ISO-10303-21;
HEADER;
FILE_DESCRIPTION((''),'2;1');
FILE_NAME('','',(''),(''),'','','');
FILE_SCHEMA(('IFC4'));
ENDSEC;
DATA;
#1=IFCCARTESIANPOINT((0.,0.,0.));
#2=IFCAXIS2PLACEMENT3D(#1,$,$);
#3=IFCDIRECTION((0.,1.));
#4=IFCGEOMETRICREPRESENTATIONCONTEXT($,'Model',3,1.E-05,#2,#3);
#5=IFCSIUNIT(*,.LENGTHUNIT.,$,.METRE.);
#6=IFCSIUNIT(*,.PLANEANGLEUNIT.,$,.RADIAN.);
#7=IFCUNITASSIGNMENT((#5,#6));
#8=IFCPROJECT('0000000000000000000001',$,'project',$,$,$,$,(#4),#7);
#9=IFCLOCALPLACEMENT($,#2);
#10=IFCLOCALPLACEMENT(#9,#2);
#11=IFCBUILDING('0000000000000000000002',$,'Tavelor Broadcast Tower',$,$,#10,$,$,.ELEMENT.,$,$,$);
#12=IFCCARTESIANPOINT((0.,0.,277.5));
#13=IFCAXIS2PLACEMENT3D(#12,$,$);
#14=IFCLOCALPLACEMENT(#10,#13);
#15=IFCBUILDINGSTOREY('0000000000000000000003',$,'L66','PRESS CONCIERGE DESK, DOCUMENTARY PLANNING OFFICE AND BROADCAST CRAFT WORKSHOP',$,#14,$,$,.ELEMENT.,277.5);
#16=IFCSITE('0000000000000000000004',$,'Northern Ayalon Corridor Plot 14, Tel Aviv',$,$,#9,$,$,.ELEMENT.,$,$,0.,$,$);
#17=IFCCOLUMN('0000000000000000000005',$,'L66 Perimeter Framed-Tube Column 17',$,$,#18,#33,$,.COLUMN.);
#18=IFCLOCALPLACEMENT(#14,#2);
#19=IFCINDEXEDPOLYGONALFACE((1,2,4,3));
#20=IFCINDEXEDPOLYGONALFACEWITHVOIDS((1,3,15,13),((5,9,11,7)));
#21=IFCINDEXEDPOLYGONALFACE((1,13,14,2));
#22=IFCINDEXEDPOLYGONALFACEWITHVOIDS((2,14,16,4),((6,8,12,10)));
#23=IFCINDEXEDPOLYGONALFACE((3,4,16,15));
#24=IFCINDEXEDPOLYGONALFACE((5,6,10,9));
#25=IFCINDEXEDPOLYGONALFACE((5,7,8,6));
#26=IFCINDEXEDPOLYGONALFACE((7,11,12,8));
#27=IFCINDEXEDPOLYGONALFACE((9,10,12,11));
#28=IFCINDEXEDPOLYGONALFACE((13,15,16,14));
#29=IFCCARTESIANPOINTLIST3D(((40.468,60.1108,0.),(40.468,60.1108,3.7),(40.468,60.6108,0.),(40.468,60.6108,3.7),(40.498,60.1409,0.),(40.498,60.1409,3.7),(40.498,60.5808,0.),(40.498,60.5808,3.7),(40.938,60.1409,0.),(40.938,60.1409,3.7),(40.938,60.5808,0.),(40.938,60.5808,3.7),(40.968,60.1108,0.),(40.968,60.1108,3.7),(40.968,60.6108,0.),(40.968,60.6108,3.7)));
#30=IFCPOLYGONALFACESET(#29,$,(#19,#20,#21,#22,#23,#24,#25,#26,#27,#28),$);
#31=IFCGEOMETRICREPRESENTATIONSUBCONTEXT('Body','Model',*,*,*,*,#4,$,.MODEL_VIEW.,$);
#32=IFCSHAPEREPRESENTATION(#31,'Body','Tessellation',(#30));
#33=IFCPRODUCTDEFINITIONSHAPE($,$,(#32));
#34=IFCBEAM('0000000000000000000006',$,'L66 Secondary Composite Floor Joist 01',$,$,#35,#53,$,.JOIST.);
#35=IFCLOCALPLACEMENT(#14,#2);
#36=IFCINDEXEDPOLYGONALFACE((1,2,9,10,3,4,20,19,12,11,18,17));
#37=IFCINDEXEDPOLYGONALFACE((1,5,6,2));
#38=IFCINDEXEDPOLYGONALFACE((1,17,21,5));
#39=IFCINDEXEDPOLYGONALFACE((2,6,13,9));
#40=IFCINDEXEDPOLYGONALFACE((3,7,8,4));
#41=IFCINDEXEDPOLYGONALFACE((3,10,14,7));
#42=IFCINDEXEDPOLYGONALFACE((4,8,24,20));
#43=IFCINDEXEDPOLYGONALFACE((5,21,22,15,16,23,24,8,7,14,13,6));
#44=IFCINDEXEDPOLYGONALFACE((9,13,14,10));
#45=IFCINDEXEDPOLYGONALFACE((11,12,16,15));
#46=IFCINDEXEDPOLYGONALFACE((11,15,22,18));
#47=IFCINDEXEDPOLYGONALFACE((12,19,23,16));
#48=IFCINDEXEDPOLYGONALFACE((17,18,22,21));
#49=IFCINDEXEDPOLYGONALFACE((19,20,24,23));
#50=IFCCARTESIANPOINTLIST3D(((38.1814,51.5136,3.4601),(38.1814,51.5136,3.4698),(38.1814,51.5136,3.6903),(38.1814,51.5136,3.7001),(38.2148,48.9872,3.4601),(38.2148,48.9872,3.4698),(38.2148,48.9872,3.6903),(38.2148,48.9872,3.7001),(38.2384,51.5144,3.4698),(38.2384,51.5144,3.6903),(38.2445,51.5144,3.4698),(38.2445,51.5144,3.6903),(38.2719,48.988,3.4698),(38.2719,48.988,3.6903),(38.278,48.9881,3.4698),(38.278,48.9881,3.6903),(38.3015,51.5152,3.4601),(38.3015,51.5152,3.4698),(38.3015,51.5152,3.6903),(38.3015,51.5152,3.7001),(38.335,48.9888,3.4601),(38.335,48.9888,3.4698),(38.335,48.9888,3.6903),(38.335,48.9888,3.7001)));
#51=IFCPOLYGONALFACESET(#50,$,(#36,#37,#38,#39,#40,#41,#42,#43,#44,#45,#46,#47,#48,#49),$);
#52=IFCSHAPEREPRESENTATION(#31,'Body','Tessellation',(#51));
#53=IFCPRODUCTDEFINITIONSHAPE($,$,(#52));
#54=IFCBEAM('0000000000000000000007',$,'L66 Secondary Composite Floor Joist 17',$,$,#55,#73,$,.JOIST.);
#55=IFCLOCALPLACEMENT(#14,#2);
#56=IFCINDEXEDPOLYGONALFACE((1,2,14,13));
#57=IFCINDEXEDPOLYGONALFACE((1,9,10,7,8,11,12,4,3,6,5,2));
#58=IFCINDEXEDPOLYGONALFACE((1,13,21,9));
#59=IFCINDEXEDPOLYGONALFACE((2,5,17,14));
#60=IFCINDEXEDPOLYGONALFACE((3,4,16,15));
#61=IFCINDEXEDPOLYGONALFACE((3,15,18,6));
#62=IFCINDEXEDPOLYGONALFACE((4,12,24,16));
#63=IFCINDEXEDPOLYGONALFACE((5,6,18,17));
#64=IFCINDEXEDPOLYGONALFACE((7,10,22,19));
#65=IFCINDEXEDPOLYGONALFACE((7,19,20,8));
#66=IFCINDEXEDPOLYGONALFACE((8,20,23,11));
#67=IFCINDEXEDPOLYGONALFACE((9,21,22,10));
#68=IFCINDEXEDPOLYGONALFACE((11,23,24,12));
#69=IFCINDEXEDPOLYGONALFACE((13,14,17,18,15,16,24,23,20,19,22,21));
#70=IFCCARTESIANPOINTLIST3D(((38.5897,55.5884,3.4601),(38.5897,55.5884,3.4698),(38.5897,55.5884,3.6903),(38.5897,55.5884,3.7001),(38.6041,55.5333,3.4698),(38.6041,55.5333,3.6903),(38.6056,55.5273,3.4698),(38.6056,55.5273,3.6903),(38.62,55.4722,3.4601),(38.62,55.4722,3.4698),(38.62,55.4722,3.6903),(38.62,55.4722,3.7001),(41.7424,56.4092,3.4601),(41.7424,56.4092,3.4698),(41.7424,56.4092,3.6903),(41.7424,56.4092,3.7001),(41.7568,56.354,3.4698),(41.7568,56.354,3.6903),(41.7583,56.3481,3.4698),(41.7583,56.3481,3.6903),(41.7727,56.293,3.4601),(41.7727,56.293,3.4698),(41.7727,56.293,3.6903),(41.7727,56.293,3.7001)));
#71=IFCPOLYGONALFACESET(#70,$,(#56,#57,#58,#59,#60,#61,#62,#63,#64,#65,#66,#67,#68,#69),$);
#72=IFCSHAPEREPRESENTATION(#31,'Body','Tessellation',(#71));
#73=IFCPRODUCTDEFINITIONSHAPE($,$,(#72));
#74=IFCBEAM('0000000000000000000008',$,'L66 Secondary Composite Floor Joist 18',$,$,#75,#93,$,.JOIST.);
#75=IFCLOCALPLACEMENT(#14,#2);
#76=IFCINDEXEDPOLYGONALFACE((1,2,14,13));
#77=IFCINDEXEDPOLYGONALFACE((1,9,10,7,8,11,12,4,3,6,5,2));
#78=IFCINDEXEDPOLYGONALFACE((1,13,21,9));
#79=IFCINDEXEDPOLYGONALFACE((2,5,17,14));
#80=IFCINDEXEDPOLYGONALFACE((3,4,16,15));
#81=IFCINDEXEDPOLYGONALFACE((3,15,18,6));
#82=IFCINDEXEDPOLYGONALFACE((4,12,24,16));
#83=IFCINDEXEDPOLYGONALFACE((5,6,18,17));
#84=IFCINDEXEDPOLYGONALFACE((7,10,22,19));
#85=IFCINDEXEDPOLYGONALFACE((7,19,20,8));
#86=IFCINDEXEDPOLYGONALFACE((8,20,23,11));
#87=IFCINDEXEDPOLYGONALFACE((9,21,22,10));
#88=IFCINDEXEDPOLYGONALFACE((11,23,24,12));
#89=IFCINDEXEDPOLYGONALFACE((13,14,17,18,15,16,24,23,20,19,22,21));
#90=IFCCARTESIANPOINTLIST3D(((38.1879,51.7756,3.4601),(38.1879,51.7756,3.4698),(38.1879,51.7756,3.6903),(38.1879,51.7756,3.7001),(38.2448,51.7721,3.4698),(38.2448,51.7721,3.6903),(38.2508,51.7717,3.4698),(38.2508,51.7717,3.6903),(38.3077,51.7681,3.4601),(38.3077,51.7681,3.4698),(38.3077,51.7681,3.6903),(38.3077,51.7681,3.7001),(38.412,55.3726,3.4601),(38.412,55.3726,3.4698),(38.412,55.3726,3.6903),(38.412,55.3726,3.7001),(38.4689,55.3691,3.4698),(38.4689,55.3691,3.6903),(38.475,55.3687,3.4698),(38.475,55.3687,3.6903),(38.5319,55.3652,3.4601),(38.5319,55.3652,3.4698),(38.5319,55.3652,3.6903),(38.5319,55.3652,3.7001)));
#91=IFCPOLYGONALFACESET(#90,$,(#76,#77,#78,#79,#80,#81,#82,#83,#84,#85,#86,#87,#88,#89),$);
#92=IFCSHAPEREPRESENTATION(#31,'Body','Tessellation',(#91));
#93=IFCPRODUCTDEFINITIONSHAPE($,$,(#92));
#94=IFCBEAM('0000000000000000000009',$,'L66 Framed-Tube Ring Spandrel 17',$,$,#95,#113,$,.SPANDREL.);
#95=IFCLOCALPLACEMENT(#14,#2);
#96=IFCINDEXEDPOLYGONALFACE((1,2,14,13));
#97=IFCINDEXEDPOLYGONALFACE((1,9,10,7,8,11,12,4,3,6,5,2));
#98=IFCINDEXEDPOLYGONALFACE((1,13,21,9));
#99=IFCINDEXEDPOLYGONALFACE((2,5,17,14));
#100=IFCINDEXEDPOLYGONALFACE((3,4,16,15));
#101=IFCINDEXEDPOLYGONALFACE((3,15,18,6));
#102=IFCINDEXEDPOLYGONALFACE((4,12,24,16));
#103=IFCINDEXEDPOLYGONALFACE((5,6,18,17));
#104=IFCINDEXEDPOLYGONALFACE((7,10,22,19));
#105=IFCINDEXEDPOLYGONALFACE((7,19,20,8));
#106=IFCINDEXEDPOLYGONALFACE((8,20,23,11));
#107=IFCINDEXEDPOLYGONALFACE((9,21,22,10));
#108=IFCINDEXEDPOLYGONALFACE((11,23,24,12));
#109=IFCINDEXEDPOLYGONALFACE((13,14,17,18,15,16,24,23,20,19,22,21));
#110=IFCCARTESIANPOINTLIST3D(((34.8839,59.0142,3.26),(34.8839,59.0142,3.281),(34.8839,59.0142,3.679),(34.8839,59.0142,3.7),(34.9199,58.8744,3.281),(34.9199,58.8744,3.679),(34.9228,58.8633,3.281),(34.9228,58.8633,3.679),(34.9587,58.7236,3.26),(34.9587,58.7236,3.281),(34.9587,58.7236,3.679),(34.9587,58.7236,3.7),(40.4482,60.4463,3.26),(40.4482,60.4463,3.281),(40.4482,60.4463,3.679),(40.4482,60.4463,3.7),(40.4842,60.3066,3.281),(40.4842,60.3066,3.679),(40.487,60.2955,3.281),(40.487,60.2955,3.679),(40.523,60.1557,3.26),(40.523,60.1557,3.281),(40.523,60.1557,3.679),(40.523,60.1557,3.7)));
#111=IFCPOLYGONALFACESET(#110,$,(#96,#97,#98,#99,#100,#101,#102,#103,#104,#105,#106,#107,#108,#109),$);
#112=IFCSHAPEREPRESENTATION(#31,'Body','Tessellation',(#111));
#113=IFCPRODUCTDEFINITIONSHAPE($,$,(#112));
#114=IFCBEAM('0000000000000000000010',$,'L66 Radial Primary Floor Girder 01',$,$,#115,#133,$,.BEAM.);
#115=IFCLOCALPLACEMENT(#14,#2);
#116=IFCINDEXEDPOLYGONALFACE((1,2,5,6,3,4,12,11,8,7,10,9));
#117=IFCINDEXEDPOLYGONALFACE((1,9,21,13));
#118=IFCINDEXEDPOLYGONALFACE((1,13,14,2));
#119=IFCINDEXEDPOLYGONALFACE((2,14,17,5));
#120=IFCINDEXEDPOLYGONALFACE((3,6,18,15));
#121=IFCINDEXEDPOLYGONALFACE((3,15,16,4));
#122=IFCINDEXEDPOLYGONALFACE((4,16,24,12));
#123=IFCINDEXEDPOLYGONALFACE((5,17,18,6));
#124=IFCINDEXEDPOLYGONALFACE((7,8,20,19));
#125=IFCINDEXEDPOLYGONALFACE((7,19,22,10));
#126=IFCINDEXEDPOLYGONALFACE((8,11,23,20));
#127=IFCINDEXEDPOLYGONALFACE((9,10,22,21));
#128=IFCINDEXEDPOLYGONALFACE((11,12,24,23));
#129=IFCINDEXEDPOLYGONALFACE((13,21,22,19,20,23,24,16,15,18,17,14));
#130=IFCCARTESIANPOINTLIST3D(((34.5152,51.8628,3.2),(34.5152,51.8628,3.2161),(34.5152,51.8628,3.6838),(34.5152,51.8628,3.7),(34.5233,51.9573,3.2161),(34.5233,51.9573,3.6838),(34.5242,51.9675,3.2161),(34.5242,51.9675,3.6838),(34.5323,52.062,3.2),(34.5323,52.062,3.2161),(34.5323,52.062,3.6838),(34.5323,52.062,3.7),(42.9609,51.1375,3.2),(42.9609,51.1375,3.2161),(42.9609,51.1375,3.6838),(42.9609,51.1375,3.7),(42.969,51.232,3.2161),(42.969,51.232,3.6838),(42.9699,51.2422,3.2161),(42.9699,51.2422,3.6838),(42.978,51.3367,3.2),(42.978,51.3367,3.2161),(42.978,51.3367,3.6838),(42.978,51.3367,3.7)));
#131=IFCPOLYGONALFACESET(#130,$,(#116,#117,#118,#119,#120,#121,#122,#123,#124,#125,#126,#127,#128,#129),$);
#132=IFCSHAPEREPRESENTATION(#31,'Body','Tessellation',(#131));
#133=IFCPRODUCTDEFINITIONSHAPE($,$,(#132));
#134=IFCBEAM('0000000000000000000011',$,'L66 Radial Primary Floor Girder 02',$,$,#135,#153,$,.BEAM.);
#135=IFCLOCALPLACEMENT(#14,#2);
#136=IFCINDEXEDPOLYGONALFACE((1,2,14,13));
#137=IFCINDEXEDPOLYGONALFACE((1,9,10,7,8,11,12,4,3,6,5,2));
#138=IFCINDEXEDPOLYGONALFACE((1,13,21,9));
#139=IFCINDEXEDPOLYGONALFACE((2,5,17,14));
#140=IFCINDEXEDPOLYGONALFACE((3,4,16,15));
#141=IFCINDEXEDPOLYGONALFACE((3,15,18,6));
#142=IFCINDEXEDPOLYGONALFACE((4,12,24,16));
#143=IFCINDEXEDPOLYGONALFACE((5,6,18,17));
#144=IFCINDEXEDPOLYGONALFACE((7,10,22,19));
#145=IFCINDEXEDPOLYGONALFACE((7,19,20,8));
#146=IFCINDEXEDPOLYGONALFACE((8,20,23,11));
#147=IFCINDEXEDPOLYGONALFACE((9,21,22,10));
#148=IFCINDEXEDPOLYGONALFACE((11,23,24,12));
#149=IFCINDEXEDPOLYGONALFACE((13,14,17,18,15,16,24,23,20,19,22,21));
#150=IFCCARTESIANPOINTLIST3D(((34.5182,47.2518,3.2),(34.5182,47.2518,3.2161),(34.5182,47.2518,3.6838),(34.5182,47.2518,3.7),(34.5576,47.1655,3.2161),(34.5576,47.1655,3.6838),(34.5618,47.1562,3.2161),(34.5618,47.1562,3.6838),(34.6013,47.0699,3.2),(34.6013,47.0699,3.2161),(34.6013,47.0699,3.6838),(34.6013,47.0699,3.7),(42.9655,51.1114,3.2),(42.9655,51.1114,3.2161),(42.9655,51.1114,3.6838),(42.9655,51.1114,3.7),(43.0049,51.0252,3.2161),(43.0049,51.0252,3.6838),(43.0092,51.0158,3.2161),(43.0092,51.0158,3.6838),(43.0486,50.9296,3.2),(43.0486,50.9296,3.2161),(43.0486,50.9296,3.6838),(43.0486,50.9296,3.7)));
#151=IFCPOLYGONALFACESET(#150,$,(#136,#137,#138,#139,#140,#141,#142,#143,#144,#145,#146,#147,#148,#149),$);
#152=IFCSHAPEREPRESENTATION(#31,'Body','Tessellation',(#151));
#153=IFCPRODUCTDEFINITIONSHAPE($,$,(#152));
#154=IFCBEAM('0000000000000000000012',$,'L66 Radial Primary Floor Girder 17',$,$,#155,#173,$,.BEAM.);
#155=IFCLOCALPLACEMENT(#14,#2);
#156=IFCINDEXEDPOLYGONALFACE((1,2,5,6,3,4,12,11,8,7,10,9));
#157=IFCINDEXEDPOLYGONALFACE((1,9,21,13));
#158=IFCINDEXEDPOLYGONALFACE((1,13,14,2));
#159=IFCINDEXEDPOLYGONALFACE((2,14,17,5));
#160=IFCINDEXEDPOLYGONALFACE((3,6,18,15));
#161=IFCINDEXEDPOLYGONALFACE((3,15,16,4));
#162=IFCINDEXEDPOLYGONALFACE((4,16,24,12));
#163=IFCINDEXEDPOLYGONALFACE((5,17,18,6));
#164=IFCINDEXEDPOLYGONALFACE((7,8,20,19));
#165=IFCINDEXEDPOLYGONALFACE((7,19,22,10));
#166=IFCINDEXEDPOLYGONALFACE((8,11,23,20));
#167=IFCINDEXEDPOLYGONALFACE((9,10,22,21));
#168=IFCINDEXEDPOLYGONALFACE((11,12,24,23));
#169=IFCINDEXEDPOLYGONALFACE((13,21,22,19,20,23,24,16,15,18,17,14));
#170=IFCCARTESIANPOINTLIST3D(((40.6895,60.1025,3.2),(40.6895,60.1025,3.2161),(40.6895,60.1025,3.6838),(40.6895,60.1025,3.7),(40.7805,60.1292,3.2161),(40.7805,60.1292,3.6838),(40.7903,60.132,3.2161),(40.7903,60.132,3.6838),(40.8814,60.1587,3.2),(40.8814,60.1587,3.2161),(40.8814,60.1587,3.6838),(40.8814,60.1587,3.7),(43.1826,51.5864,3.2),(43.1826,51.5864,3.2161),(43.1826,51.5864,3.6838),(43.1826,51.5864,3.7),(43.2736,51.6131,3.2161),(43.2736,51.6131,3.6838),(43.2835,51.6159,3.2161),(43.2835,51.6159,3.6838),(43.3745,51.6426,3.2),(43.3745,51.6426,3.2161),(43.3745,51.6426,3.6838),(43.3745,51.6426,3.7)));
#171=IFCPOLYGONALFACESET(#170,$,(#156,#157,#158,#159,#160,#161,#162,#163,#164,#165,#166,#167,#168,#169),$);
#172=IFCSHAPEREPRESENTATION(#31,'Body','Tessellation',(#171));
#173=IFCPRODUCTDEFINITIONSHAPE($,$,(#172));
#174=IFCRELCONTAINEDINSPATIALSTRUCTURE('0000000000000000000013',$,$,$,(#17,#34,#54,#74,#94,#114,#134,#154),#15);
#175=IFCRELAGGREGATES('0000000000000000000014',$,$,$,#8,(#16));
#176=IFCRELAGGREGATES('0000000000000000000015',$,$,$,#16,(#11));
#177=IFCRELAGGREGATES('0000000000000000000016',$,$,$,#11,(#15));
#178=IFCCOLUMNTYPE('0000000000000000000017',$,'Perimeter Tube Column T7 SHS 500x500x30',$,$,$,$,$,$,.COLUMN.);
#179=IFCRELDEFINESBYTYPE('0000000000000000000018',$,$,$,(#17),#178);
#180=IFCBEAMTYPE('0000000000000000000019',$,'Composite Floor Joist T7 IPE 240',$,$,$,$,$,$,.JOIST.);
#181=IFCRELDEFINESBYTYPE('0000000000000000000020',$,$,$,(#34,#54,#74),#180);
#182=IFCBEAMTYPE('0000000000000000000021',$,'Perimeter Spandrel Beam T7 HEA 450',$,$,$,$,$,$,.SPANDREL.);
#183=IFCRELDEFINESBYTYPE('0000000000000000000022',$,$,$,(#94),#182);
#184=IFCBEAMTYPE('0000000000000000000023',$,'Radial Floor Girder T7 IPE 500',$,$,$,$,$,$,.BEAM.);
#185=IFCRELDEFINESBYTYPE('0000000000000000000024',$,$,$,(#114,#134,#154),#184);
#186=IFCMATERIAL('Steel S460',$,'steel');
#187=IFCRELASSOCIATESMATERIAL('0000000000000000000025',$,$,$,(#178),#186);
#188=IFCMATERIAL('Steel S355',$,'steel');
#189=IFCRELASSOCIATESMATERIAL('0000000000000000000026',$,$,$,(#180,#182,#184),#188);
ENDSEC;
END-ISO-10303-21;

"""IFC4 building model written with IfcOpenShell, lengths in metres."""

from ifc_helpers import new_model, si_unit, direction, frame, origin, origin_2d, place, context, subcontext, project, spatial, hollow_rectangle, i_section, extrude, material, material_profile, profile_set, type_object, element, save


model = new_model("IFC4")

# Units and contexts
model_context = context("Model", 3, precision=1e-05, world=origin(), true_north=direction((0.0, 1.0)))
body_context = subcontext(model_context, "Body", "Model", "MODEL_VIEW")
ifc_project = project(units=[si_unit("LENGTHUNIT", "METRE"), si_unit("PLANEANGLEUNIT", "RADIAN")], contexts=[model_context])

# Site, building, storey
site_placement = place(None, origin())
site = spatial("IfcSite", under=ifc_project, at=site_placement, Name="Northern Ayalon Corridor Plot 14, Tel Aviv", CompositionType="ELEMENT", RefElevation=0.0)
building_placement = place(site_placement, origin())
building = spatial("IfcBuilding", under=site, at=building_placement, Name="Tavelor Broadcast Tower", CompositionType="ELEMENT")
storey_placement = place(building_placement, frame((0.0, 0.0, 277.5)))
storey = spatial("IfcBuildingStorey", under=building, at=storey_placement, Name="L66", Description="PRESS CONCIERGE DESK, DOCUMENTARY PLANNING OFFICE AND BROADCAST CRAFT WORKSHOP", CompositionType="ELEMENT", Elevation=277.5)

# Column
ifc_material_1 = material(Name="Steel S460", Category="steel")
ifc_material_profile_1 = material_profile(ifc_material_1, hollow_rectangle(XDim=0.5, YDim=0.5, WallThickness=0.03, at=origin_2d()), Name="SHS 500x500x30")
ifc_profile_set_1 = profile_set([ifc_material_profile_1], Name="Steel S460")
column_type = type_object("IfcColumnType", Name="Perimeter Tube Column T7 SHS 500x500x30", PredefinedType="COLUMN", material=ifc_profile_set_1)
column_placement = place(storey_placement, frame((40.718, 60.3608, 0.0), z_axis=(0.0, 0.0, 1.0), x_axis=(1.0, 0.0, 0.0)))
element("IfcColumn", 1, at=column_placement, inside=storey, type_object=column_type, Name="L66 Perimeter Framed-Tube Column 17", PredefinedType="COLUMN", context=body_context, shape_type="SweptSolid", body=[
    extrude(hollow_rectangle(XDim=0.5, YDim=0.5, WallThickness=0.03, at=origin_2d()), origin(), (0.0, 0.0, 1.0), 3.7),
])

# Beams
ifc_material_2 = material(Name="Steel S355", Category="steel")
ifc_material_profile_2 = material_profile(ifc_material_2, i_section(OverallWidth=0.1201, OverallDepth=0.24, WebThickness=0.0061, FlangeThickness=0.0098, at=origin_2d()), Name="IPE 240")
ifc_profile_set_2 = profile_set([ifc_material_profile_2], Name="Steel S355")
beam_type_1 = type_object("IfcBeamType", Name="Composite Floor Joist T7 IPE 240", PredefinedType="JOIST", material=ifc_profile_set_2)
beam_1_placement = place(storey_placement, frame((38.2415, 51.5144, 3.5801), z_axis=(0.013238, -0.999912, 0.0), x_axis=(0.999912, 0.013238, 0.0)))
element("IfcBeam", 2, at=beam_1_placement, inside=storey, type_object=beam_type_1, Name="L66 Secondary Composite Floor Joist 01", PredefinedType="JOIST", context=body_context, shape_type="SweptSolid", body=[
    extrude(i_section(OverallWidth=0.1201, OverallDepth=0.24, WebThickness=0.0061, FlangeThickness=0.0098, at=origin_2d()), origin(), (0.0, 0.0, 1.0), 2.5266),
])
beam_2_placement = place(storey_placement, frame((41.7576, 56.3511, 3.5801), z_axis=(-0.967743, -0.25194, 0.0), x_axis=(0.25194, -0.967743, 0.0)))
element("IfcBeam", 3, at=beam_2_placement, inside=storey, type_object=beam_type_1, Name="L66 Secondary Composite Floor Joist 17", PredefinedType="JOIST", context=body_context, shape_type="SweptSolid", body=[
    extrude(i_section(OverallWidth=0.1201, OverallDepth=0.24, WebThickness=0.0061, FlangeThickness=0.0098, at=origin_2d()), origin(), (0.0, 0.0, 1.0), 3.2578),
])
beam_3_placement = place(storey_placement, frame((38.4719, 55.3689, 3.5801), z_axis=(-0.062188, -0.998064, 0.0), x_axis=(0.998064, -0.062188, 0.0)))
element("IfcBeam", 4, at=beam_3_placement, inside=storey, type_object=beam_type_1, Name="L66 Secondary Composite Floor Joist 18", PredefinedType="JOIST", context=body_context, shape_type="SweptSolid", body=[
    extrude(i_section(OverallWidth=0.1201, OverallDepth=0.24, WebThickness=0.0061, FlangeThickness=0.0098, at=origin_2d()), origin(), (0.0, 0.0, 1.0), 3.604),
])
ifc_material_profile_3 = material_profile(ifc_material_2, i_section(OverallWidth=0.3, OverallDepth=0.4399, WebThickness=0.0115, FlangeThickness=0.021, at=origin_2d()), Name="HEA 450")
ifc_profile_set_3 = profile_set([ifc_material_profile_3], Name="Steel S355")
beam_type_2 = type_object("IfcBeamType", Name="Perimeter Spandrel Beam T7 HEA 450", PredefinedType="SPANDREL", material=ifc_profile_set_3)
beam_4_placement = place(storey_placement, frame((40.4856, 60.301, 3.48), z_axis=(-0.968437, -0.249259, 0.0), x_axis=(0.249259, -0.968437, 0.0)))
element("IfcBeam", 5, at=beam_4_placement, inside=storey, type_object=beam_type_2, Name="L66 Framed-Tube Ring Spandrel 17", PredefinedType="SPANDREL", context=body_context, shape_type="SweptSolid", body=[
    extrude(i_section(OverallWidth=0.3, OverallDepth=0.4399, WebThickness=0.0115, FlangeThickness=0.021, at=origin_2d()), origin(), (0.0, 0.0, 1.0), 5.7456),
])
ifc_material_profile_4 = material_profile(ifc_material_2, i_section(OverallWidth=0.2, OverallDepth=0.5, WebThickness=0.0103, FlangeThickness=0.0161, at=origin_2d()), Name="IPE 500")
ifc_profile_set_4 = profile_set([ifc_material_profile_4], Name="Steel S355")
beam_type_3 = type_object("IfcBeamType", Name="Radial Floor Girder T7 IPE 500", PredefinedType="BEAM", material=ifc_profile_set_4)
beam_5_placement = place(storey_placement, frame((42.9695, 51.2371, 3.45), z_axis=(-0.996332, 0.085567, 0.0), x_axis=(-0.085567, -0.996332, 0.0)))
element("IfcBeam", 6, at=beam_5_placement, inside=storey, type_object=beam_type_3, Name="L66 Radial Primary Floor Girder 01", PredefinedType="BEAM", context=body_context, shape_type="SweptSolid", body=[
    extrude(i_section(OverallWidth=0.2, OverallDepth=0.5, WebThickness=0.0103, FlangeThickness=0.0161, at=origin_2d()), origin(), (0.0, 0.0, 1.0), 8.4768),
])
beam_6_placement = place(storey_placement, frame((43.0071, 51.0205, 3.45), z_axis=(-0.909555, -0.415583, 0.0), x_axis=(0.415583, -0.909555, 0.0)))
element("IfcBeam", 7, at=beam_6_placement, inside=storey, type_object=beam_type_3, Name="L66 Radial Primary Floor Girder 02", PredefinedType="BEAM", context=body_context, shape_type="SweptSolid", body=[
    extrude(i_section(OverallWidth=0.2, OverallDepth=0.5, WebThickness=0.0103, FlangeThickness=0.0161, at=origin_2d()), origin(), (0.0, 0.0, 1.0), 9.2874),
])
beam_7_placement = place(storey_placement, frame((43.2786, 51.6145, 3.45), z_axis=(-0.280966, 0.959718, 0.0), x_axis=(-0.959718, -0.280966, 0.0)))
element("IfcBeam", 8, at=beam_7_placement, inside=storey, type_object=beam_type_3, Name="L66 Radial Primary Floor Girder 17", PredefinedType="BEAM", context=body_context, shape_type="SweptSolid", body=[
    extrude(i_section(OverallWidth=0.2, OverallDepth=0.5, WebThickness=0.0103, FlangeThickness=0.0161, at=origin_2d()), origin(), (0.0, 0.0, 1.0), 8.8735),
])

save(model, "model.ifc")
